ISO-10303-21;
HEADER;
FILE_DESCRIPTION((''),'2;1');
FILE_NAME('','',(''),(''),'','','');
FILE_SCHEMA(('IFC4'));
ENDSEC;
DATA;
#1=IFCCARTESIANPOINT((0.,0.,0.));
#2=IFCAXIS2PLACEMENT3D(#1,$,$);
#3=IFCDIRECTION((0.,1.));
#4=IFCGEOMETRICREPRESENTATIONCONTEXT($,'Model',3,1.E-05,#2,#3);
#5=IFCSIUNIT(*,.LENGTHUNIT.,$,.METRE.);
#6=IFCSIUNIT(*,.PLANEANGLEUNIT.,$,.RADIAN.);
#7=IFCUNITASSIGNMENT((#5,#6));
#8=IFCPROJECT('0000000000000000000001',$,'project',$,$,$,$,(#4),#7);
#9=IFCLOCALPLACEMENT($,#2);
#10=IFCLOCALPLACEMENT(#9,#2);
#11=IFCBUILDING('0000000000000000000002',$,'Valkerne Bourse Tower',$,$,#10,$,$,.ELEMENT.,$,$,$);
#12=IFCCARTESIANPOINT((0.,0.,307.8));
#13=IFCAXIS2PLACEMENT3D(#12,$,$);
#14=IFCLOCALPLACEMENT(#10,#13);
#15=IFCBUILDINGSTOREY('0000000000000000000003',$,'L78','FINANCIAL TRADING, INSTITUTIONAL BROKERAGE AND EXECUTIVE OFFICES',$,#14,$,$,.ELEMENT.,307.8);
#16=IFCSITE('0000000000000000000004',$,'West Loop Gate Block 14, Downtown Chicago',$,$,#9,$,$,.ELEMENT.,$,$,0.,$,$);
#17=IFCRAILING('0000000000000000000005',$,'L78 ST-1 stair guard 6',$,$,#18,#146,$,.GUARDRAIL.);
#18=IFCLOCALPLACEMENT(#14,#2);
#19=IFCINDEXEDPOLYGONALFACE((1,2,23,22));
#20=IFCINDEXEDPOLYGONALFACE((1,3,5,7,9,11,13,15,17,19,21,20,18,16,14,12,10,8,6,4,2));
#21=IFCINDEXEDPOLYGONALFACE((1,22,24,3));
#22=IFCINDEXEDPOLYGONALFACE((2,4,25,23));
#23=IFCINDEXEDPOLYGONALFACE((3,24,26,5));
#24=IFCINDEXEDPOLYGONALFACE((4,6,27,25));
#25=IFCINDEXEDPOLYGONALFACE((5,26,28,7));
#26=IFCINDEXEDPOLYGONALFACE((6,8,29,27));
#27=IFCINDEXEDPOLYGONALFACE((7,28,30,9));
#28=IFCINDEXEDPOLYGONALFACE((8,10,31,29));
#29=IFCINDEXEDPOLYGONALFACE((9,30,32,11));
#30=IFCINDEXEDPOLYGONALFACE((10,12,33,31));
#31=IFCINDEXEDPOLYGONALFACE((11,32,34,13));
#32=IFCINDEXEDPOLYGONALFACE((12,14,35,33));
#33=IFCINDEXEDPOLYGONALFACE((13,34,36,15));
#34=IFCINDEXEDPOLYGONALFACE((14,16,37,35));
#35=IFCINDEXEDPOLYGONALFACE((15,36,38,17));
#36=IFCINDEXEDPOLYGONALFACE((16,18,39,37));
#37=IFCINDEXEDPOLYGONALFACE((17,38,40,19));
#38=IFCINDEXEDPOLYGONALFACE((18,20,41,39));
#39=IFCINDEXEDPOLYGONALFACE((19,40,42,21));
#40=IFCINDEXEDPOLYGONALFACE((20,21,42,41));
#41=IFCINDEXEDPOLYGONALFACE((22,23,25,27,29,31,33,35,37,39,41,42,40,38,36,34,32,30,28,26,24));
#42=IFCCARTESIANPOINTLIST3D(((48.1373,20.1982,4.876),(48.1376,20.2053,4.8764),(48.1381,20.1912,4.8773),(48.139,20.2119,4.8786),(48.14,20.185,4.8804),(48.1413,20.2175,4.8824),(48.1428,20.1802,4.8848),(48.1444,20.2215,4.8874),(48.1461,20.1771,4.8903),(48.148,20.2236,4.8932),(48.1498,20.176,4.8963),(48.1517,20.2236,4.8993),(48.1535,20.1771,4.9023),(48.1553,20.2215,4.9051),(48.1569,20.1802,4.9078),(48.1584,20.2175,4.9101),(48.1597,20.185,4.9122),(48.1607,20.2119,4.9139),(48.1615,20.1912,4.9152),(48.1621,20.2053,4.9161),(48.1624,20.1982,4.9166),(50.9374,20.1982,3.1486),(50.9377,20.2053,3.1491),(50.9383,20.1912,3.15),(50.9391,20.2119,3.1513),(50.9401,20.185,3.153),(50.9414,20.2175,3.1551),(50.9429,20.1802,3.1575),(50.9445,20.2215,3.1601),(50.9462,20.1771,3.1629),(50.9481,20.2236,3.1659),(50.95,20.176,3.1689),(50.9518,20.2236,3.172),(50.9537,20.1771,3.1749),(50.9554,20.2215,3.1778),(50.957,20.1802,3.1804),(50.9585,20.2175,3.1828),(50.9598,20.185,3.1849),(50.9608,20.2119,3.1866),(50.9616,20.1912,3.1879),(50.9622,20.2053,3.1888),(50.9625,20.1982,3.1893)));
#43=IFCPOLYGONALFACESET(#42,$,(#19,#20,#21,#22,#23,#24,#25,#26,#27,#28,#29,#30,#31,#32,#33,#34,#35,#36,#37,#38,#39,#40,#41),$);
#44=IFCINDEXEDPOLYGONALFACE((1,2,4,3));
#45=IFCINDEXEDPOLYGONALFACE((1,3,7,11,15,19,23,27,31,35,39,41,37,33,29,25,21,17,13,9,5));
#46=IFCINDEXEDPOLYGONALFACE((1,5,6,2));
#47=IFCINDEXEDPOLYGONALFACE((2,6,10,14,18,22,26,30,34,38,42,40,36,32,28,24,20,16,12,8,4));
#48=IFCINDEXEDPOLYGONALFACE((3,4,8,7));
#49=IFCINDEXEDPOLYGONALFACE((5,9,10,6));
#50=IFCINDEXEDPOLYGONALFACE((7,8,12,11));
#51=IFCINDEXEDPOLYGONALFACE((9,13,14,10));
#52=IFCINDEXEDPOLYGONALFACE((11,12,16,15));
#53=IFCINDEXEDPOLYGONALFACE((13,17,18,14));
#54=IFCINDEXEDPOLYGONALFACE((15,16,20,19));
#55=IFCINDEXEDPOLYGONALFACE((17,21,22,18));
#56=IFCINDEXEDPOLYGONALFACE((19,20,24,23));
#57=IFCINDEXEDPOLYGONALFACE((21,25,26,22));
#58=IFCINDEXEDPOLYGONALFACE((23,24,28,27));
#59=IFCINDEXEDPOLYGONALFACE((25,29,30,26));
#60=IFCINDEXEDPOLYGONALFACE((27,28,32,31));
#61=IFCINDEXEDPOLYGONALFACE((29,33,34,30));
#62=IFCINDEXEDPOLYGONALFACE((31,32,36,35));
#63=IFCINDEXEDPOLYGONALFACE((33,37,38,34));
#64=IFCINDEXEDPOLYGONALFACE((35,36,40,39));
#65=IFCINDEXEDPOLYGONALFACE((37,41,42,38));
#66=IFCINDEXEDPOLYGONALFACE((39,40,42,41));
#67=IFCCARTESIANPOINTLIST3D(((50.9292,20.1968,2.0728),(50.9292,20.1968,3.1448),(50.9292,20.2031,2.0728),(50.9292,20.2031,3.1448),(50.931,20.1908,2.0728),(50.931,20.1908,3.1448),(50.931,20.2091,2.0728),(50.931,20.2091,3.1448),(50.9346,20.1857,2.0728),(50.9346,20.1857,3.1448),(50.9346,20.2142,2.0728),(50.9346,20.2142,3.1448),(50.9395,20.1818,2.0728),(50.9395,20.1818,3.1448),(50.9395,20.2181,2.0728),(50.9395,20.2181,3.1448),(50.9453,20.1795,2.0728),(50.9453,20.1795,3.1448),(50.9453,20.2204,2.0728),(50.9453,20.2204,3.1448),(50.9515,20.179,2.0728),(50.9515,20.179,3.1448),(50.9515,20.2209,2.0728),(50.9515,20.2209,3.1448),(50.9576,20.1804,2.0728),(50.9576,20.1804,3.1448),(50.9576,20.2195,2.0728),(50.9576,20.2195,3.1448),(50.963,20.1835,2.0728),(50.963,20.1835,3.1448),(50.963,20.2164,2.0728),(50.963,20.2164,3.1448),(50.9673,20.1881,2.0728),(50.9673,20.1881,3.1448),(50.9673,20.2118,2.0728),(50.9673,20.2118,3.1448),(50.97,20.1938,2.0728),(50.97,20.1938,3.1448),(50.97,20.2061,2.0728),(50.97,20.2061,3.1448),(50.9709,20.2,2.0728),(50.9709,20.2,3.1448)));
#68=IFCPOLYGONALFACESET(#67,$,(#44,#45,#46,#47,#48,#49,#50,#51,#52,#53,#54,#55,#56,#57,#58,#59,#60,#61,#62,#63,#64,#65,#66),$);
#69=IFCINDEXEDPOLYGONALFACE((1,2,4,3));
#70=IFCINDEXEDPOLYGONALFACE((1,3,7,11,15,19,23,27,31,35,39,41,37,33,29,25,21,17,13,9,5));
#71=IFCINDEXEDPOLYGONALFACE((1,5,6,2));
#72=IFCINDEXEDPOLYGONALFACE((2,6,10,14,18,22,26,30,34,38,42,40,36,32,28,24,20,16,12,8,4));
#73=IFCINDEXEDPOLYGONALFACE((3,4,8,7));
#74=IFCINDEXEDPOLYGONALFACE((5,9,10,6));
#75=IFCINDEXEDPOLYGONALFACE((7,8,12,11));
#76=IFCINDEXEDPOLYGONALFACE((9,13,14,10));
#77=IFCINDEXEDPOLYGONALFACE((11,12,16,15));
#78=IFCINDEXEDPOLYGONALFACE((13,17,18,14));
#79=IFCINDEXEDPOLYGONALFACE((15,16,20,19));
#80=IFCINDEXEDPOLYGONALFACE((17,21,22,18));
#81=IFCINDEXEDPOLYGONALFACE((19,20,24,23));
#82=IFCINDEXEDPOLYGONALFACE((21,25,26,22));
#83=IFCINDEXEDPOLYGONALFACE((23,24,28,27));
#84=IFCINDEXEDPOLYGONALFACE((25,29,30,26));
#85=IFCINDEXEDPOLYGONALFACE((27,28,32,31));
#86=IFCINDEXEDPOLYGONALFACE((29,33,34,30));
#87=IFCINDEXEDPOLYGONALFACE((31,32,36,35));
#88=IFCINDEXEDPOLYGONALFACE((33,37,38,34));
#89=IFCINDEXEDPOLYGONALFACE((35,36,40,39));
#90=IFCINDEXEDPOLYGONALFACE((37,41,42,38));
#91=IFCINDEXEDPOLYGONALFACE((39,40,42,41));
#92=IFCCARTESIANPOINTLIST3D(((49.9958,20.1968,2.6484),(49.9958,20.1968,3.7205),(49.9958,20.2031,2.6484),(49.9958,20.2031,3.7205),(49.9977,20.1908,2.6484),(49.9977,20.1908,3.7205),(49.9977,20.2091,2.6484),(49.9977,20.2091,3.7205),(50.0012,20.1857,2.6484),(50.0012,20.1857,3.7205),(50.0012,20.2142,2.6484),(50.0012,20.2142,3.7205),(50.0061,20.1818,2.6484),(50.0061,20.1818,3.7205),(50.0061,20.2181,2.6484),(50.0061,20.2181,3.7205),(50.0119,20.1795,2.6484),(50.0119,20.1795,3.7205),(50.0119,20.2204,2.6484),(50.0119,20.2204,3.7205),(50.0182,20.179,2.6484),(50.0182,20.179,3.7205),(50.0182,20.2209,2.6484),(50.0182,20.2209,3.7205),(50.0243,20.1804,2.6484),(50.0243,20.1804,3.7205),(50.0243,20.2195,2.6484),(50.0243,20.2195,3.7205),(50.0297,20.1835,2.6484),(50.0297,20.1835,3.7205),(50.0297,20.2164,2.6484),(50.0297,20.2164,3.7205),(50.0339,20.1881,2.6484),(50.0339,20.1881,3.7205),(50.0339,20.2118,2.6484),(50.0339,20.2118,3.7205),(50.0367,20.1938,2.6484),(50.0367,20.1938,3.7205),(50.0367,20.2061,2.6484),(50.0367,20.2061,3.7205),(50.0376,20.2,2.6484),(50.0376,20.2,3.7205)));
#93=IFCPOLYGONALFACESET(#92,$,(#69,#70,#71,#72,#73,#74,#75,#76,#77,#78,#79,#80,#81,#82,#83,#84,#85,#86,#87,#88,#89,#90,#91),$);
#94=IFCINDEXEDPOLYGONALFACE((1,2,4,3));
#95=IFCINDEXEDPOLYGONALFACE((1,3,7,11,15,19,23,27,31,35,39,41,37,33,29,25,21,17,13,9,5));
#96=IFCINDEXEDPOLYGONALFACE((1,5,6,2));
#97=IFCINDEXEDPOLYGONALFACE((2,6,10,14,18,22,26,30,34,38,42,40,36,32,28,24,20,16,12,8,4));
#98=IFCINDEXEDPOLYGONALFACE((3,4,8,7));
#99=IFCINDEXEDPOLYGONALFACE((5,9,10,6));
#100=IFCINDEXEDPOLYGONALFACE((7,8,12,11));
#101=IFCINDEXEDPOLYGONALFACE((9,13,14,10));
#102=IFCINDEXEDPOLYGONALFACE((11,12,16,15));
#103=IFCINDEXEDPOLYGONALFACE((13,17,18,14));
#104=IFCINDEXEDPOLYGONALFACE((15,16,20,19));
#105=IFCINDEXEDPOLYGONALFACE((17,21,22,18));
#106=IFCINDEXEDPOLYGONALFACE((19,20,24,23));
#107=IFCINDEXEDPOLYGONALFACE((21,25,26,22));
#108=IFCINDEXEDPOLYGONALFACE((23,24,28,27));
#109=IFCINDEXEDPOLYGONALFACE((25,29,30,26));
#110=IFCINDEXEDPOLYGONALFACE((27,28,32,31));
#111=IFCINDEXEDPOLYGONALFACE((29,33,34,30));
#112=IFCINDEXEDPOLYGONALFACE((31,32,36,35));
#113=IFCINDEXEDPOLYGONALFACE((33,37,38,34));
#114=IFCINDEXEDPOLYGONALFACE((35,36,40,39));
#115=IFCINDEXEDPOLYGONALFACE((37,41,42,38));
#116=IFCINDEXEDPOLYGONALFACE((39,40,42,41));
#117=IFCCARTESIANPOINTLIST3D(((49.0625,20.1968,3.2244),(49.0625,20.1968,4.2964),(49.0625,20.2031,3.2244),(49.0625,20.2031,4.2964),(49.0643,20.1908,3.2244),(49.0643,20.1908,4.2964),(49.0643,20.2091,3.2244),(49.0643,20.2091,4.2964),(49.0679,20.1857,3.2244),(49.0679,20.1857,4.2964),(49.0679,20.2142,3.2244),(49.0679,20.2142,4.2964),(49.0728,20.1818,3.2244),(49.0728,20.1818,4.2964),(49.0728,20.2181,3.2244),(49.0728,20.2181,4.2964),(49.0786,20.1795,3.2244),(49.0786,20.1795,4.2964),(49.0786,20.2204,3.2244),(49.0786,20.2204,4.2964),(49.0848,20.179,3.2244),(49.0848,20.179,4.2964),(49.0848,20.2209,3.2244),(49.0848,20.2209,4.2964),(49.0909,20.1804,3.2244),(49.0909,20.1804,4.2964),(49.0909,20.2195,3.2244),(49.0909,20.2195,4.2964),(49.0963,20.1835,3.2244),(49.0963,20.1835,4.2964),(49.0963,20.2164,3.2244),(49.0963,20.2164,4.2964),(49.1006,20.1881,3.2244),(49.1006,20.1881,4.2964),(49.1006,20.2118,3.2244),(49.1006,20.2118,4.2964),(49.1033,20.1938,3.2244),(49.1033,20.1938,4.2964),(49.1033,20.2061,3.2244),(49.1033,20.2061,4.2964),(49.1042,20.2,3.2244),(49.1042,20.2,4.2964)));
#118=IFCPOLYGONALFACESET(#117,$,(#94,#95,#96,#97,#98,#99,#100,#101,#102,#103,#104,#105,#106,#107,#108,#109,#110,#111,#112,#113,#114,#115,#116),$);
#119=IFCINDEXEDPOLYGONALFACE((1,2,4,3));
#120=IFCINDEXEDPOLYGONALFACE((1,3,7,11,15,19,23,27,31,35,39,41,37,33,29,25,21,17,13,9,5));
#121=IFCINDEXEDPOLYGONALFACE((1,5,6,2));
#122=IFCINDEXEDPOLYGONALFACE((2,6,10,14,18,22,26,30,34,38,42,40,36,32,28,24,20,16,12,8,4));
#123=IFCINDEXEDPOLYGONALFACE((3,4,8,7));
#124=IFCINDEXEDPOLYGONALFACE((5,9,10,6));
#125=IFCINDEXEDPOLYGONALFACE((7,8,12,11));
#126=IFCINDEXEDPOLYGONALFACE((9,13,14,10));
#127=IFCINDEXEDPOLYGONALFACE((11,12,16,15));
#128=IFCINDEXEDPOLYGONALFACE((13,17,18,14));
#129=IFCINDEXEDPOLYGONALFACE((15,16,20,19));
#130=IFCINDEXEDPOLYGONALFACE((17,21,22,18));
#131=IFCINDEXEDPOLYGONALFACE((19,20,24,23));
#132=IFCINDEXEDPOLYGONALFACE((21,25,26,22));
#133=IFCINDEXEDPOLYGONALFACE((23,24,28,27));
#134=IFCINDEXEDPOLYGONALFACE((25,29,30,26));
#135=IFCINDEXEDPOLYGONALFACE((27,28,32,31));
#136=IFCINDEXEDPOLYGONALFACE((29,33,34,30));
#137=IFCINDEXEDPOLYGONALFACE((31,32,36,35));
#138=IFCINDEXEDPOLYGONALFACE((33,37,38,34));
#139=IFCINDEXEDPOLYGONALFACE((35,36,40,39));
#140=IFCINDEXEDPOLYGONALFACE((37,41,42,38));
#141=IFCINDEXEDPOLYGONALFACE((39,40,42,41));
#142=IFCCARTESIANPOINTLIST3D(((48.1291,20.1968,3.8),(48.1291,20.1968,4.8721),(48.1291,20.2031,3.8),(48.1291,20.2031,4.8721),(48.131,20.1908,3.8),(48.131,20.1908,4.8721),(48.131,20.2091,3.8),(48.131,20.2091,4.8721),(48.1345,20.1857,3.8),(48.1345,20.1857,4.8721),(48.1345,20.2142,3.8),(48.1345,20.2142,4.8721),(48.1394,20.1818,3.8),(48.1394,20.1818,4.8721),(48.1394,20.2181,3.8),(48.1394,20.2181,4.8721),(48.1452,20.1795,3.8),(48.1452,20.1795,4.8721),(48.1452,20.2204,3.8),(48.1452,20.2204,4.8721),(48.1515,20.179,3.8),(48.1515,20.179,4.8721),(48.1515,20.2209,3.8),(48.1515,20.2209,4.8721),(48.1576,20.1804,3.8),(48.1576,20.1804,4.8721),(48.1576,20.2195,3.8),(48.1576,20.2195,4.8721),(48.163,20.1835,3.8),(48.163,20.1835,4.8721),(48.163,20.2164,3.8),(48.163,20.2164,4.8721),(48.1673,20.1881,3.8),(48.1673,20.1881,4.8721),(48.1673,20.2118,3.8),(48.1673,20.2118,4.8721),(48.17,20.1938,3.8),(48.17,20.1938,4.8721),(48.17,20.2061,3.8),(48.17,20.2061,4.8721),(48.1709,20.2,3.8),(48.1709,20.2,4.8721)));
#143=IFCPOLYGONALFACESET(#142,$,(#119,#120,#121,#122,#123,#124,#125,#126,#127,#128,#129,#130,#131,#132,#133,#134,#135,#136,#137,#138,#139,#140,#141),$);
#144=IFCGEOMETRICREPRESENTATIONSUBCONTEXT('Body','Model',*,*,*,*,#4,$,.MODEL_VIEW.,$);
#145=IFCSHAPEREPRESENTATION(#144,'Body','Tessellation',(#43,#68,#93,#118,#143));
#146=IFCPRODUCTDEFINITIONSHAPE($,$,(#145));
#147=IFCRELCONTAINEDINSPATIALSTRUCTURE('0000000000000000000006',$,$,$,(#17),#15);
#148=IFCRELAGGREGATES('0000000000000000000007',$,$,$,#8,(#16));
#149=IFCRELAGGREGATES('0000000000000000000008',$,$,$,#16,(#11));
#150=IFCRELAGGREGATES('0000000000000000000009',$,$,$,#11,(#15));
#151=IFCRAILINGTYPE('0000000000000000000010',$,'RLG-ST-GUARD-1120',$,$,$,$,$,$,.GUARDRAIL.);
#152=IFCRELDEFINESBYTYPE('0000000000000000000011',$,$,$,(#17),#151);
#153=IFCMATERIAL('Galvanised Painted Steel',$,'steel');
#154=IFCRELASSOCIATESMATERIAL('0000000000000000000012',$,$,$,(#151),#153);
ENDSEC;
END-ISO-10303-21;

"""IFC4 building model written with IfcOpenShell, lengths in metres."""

from ifc_helpers import new_model, si_unit, direction, frame, origin, origin_2d, place, context, subcontext, project, spatial, circle, extrude, material, type_object, element, save


model = new_model("IFC4")

# Units and contexts
model_context = context("Model", 3, precision=1e-05, world=origin(), true_north=direction((0.0, 1.0)))
body_context = subcontext(model_context, "Body", "Model", "MODEL_VIEW")
ifc_project = project(units=[si_unit("LENGTHUNIT", "METRE"), si_unit("PLANEANGLEUNIT", "RADIAN")], contexts=[model_context])

# Site, building, storey
site_placement = place(None, origin())
site = spatial("IfcSite", under=ifc_project, at=site_placement, Name="West Loop Gate Block 14, Downtown Chicago", CompositionType="ELEMENT", RefElevation=0.0)
building_placement = place(site_placement, origin())
building = spatial("IfcBuilding", under=site, at=building_placement, Name="Valkerne Bourse Tower", CompositionType="ELEMENT")
storey_placement = place(building_placement, frame((0.0, 0.0, 307.8)))
storey = spatial("IfcBuildingStorey", under=building, at=storey_placement, Name="L78", Description="FINANCIAL TRADING, INSTITUTIONAL BROKERAGE AND EXECUTIVE OFFICES", CompositionType="ELEMENT", Elevation=307.8)

# Shared definitions
ifc_material_1 = material(Name="Galvanised Painted Steel", Category="steel")

# Railing
railing_type_1 = type_object("IfcRailingType", Name="RLG-ST-GUARD-1120", PredefinedType="GUARDRAIL", material=ifc_material_1)
railing_1_placement = place(storey_placement, frame((50.95, 20.2, 2.0728)))
element("IfcRailing", 1, at=railing_1_placement, inside=storey, type_object=railing_type_1, Name="L78 ST-1 stair guard 6", PredefinedType="GUARDRAIL", context=body_context, shape_type="SweptSolid", body=[
    extrude(circle(Radius=0.0239, at=origin_2d()), frame((0.0, 0.0, 1.0962), z_axis=(-0.85109, 0.0, 0.52502), x_axis=(0.0, -1.0, 0.0)), (0.0, 0.0, 1.0), 3.29),
    extrude(circle(Radius=0.021, at=origin_2d()), origin(), (0.0, 0.0, 1.0), 1.072),
    extrude(circle(Radius=0.021, at=origin_2d()), frame((-0.9333, 0.0, 0.5757)), (0.0, 0.0, 1.0), 1.072),
    extrude(circle(Radius=0.021, at=origin_2d()), frame((-1.8667, 0.0, 1.1516)), (0.0, 0.0, 1.0), 1.072),
    extrude(circle(Radius=0.021, at=origin_2d()), frame((-2.8, 0.0, 1.7273)), (0.0, 0.0, 1.0), 1.072),
])

save(model, "model.ifc")
